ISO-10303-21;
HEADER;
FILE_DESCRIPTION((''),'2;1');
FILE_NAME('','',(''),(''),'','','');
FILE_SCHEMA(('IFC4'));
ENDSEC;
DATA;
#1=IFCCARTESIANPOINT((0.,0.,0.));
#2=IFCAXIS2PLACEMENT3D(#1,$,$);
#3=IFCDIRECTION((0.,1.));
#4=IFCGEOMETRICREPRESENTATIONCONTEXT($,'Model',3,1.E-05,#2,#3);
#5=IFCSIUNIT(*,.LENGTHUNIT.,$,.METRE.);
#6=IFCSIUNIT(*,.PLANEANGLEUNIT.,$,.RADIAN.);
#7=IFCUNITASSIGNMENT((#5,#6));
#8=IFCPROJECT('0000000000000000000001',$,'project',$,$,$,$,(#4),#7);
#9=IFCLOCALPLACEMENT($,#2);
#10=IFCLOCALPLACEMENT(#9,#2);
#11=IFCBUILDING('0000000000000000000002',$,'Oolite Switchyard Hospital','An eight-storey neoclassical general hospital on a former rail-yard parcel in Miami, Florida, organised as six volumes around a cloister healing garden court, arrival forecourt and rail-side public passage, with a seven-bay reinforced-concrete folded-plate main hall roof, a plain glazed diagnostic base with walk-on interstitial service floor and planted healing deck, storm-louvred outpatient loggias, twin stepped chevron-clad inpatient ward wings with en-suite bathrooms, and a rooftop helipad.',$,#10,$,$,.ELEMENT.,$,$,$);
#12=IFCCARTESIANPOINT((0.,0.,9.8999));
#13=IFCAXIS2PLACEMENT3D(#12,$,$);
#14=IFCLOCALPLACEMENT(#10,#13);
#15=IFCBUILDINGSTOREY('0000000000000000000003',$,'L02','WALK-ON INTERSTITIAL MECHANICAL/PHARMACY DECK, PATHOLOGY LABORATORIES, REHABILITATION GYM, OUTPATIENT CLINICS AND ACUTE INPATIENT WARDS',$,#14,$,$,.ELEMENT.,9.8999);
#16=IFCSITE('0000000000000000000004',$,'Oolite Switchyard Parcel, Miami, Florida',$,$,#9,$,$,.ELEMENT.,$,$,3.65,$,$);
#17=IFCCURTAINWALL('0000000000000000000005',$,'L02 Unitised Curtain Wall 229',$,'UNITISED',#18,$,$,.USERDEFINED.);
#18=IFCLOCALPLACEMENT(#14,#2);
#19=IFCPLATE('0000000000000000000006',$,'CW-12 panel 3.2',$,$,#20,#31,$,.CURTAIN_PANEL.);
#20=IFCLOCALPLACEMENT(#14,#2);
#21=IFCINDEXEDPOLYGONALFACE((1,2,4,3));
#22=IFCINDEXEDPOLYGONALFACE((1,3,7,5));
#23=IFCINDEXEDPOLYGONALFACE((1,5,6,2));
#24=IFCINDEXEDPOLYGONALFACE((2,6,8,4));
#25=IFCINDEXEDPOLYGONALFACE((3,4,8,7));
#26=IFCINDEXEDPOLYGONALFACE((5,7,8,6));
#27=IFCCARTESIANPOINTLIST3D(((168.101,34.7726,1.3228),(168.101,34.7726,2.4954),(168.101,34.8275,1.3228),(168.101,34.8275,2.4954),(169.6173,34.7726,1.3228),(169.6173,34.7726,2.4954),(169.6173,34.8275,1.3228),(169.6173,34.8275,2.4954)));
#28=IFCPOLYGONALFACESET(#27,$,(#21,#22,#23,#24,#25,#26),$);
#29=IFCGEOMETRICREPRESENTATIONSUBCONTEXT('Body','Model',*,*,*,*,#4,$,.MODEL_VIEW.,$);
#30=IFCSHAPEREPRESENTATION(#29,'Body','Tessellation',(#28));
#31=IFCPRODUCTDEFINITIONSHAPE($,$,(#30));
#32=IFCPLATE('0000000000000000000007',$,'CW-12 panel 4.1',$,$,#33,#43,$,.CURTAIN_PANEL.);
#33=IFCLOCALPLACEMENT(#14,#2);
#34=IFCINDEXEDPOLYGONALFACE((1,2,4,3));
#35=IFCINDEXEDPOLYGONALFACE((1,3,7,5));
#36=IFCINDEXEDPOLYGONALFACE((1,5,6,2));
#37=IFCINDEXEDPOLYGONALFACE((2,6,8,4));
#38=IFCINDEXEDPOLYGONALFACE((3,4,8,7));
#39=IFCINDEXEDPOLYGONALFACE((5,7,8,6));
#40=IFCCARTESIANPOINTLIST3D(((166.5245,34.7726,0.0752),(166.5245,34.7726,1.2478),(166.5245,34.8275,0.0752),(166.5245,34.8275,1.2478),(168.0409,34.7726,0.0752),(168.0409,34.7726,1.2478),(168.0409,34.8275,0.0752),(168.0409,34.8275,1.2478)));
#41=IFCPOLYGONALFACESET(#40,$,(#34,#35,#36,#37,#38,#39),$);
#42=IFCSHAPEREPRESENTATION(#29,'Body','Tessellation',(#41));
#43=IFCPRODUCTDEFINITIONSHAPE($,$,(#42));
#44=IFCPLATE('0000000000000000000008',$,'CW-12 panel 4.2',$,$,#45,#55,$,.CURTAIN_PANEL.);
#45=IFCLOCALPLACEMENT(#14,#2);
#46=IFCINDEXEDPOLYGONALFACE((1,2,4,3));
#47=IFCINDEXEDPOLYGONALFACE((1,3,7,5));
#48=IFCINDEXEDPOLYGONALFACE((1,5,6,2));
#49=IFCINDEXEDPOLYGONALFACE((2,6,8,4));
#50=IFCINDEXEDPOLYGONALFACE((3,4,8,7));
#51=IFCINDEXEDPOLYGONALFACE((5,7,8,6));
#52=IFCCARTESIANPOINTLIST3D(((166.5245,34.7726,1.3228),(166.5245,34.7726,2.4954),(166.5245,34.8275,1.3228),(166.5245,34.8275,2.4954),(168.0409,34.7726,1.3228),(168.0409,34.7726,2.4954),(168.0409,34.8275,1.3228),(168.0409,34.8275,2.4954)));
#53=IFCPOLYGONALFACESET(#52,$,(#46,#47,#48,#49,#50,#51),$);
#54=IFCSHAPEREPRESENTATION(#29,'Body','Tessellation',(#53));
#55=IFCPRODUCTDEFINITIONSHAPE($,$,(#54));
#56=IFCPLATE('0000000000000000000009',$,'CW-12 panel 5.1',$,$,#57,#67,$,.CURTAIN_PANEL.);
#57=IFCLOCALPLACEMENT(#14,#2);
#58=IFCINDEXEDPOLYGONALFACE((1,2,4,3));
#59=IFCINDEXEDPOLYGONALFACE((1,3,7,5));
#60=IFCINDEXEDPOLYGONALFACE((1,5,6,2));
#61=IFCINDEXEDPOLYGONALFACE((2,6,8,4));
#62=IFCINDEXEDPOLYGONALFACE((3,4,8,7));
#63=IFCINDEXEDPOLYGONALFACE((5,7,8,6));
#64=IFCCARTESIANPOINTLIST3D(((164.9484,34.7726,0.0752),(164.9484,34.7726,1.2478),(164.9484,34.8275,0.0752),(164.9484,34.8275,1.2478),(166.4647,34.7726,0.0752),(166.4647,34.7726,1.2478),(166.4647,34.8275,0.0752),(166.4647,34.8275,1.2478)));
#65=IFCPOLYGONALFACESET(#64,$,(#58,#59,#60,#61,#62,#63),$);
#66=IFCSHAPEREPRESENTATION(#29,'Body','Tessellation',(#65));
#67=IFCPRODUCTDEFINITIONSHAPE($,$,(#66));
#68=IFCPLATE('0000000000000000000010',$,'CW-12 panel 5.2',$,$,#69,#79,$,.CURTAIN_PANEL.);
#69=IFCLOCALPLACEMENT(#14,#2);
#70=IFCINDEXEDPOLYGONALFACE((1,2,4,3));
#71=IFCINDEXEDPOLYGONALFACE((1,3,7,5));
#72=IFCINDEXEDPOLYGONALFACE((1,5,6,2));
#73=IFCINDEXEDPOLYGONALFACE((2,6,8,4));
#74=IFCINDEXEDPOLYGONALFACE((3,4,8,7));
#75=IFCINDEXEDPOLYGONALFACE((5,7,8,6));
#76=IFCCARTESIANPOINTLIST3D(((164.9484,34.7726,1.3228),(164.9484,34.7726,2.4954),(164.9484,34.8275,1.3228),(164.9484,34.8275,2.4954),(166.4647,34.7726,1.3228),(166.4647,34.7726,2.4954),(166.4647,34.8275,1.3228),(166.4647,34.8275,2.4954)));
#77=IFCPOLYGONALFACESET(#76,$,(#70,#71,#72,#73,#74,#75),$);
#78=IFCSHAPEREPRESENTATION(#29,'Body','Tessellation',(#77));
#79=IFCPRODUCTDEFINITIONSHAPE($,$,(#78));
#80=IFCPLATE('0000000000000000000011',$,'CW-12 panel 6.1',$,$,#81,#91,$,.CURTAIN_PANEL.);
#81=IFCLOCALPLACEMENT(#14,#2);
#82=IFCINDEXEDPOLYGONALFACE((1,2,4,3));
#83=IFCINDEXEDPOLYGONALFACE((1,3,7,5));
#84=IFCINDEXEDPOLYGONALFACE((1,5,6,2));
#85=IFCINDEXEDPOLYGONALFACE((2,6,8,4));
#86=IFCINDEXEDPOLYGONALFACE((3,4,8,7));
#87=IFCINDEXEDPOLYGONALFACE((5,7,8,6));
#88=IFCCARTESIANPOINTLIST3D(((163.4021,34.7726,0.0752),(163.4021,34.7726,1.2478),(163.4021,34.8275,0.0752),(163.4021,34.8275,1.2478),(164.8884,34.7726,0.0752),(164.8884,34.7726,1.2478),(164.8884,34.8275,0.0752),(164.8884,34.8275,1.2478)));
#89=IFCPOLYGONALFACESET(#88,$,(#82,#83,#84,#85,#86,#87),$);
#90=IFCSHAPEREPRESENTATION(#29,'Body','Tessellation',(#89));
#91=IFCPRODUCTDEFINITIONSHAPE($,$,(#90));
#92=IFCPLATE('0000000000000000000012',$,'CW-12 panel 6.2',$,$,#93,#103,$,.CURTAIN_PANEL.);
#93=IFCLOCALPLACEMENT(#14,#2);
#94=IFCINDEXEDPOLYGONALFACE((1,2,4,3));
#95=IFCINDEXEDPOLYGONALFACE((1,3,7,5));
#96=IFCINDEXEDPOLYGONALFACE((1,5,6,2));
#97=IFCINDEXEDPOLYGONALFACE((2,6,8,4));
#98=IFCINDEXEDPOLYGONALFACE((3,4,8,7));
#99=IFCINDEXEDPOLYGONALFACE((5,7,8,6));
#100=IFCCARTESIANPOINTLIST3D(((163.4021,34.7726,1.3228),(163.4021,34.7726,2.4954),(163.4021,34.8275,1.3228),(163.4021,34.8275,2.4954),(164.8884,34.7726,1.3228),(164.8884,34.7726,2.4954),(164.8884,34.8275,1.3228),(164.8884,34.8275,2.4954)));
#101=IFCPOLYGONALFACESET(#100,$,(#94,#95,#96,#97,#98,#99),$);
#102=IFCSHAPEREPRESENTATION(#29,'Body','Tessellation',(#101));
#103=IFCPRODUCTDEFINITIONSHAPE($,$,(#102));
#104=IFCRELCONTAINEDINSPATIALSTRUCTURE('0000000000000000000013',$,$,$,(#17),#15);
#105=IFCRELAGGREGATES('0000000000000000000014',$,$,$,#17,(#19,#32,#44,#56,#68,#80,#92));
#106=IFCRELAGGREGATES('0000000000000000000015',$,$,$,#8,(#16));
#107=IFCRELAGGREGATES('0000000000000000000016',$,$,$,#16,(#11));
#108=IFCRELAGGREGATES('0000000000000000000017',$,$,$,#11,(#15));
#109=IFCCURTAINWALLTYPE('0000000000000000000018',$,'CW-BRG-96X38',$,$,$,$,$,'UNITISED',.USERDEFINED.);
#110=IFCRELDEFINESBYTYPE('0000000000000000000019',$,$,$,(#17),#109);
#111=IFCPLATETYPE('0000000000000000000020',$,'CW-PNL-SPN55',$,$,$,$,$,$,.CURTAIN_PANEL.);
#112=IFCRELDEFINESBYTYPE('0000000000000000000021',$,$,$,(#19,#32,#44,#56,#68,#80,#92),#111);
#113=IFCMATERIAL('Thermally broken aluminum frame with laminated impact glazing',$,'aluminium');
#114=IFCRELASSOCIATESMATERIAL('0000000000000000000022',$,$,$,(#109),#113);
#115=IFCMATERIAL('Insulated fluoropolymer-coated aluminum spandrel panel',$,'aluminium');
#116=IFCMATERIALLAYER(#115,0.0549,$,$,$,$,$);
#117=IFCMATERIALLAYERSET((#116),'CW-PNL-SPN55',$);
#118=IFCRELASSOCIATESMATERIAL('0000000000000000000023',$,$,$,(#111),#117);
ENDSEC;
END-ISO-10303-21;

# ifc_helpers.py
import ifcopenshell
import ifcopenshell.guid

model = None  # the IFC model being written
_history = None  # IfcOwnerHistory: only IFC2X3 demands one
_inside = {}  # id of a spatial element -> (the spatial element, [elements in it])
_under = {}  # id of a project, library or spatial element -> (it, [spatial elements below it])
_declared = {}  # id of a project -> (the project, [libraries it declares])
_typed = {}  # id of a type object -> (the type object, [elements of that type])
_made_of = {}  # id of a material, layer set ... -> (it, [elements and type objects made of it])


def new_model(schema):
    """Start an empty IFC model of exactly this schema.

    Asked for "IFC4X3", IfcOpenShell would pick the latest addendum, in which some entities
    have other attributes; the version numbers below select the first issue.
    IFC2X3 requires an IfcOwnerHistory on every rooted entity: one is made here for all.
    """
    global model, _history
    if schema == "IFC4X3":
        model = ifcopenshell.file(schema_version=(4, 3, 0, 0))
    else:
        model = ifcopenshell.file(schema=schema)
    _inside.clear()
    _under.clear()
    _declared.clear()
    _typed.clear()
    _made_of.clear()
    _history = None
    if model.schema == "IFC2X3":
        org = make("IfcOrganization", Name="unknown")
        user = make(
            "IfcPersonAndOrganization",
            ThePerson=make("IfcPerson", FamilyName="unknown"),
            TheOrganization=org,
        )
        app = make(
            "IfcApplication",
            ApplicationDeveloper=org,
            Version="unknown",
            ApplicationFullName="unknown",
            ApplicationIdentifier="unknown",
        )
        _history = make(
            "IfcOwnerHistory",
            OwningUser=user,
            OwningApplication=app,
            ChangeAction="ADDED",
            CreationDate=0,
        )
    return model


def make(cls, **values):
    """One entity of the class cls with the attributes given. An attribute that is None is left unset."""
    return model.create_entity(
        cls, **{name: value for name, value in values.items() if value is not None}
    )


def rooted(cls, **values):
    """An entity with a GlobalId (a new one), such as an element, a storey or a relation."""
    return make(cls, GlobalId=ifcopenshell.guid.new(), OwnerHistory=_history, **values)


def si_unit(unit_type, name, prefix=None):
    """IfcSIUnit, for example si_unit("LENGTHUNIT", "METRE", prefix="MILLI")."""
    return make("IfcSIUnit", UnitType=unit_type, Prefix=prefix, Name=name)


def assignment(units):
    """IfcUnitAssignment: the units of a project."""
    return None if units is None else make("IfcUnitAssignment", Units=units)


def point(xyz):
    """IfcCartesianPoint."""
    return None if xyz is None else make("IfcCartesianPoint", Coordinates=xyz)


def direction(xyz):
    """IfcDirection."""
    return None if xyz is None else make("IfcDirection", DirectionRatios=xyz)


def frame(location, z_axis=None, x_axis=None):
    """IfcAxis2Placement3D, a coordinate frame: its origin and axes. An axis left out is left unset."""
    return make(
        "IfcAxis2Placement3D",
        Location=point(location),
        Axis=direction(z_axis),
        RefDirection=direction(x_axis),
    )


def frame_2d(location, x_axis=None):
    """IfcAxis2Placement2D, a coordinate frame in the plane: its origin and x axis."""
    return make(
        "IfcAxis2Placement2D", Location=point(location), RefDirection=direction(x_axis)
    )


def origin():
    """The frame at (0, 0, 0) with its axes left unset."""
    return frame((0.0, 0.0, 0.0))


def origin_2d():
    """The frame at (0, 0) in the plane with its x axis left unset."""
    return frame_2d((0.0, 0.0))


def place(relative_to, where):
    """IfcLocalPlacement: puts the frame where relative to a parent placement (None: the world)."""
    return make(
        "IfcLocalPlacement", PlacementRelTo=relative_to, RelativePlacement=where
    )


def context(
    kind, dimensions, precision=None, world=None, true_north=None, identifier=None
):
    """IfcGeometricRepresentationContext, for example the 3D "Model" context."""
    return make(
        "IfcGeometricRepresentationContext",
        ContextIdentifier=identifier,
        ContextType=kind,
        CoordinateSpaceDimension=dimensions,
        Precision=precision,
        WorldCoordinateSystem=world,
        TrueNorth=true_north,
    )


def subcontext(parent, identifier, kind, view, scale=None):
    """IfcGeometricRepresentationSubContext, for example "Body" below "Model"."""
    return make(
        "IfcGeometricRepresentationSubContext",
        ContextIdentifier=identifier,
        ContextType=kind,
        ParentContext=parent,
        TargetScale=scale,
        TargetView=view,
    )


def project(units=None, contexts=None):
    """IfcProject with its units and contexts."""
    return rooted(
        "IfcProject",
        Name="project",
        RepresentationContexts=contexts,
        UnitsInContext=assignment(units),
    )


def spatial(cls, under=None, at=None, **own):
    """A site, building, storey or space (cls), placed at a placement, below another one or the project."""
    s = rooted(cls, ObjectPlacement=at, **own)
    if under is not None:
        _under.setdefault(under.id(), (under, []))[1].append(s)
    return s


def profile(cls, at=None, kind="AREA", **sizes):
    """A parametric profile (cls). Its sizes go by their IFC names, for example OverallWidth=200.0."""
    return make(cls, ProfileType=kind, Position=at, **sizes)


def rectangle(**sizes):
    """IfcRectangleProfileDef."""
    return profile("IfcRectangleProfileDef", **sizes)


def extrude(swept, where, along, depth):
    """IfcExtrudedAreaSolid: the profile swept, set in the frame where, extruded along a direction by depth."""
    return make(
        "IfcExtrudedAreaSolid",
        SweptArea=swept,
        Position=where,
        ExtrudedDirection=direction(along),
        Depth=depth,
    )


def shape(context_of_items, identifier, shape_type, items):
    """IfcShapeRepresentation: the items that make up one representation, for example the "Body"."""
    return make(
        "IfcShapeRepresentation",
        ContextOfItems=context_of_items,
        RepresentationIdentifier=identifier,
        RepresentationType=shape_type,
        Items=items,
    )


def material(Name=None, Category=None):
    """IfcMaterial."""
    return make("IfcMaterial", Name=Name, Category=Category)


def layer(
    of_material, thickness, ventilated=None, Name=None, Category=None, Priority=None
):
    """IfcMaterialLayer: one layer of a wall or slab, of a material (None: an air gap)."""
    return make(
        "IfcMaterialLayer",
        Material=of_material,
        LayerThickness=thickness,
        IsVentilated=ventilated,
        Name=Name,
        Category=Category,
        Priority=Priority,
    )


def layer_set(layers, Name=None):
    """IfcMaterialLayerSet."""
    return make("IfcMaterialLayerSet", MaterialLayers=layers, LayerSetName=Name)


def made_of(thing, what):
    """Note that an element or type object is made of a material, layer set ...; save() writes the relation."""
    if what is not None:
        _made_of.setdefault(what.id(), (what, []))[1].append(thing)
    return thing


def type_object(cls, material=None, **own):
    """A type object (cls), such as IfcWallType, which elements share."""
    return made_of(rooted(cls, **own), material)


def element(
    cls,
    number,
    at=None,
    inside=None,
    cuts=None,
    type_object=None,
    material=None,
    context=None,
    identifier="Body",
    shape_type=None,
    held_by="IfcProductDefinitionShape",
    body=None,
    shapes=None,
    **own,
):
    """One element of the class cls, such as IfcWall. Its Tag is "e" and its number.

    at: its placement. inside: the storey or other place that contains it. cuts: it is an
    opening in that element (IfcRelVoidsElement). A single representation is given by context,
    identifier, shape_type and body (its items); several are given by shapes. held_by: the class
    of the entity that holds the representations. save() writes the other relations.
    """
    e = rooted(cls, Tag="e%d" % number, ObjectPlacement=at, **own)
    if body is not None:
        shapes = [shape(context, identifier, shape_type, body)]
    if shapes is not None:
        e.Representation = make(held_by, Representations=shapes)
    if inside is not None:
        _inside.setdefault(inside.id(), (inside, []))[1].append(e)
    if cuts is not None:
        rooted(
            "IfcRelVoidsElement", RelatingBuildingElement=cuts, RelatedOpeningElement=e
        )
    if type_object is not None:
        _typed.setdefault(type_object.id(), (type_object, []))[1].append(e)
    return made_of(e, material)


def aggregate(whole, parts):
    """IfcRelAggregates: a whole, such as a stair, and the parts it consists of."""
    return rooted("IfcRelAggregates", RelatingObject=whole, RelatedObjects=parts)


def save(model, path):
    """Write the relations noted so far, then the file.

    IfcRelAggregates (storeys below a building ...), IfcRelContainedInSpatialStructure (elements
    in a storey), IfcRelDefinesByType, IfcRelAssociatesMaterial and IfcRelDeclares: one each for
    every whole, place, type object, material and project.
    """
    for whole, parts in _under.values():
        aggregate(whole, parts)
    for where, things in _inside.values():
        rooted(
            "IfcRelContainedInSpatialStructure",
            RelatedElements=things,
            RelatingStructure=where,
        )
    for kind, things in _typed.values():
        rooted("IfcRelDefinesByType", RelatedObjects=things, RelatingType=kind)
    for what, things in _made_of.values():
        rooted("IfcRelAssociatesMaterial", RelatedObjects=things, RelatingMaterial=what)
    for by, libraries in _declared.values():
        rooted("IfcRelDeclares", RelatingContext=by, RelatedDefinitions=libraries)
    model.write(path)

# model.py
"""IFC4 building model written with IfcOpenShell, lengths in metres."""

from ifc_helpers import new_model, si_unit, direction, frame, origin, origin_2d, place, context, subcontext, project, spatial, rectangle, extrude, material, layer, layer_set, type_object, element, aggregate, save


model = new_model("IFC4")

# Units and contexts
model_context = context("Model", 3, precision=1e-05, world=origin(), true_north=direction((0.0, 1.0)))
body_context = subcontext(model_context, "Body", "Model", "MODEL_VIEW")
ifc_project = project(units=[si_unit("LENGTHUNIT", "METRE"), si_unit("PLANEANGLEUNIT", "RADIAN")], contexts=[model_context])

# Site, building, storey
site_placement = place(None, origin())
site = spatial("IfcSite", under=ifc_project, at=site_placement, Name="Oolite Switchyard Parcel, Miami, Florida", CompositionType="ELEMENT", RefElevation=3.65)
building_placement = place(site_placement, origin())
building = spatial("IfcBuilding", under=site, at=building_placement, Name="Oolite Switchyard Hospital", Description="An eight-storey neoclassical general hospital on a former rail-yard parcel in Miami, Florida, organised as six volumes around a cloister healing garden court, arrival forecourt and rail-side public passage, with a seven-bay reinforced-concrete folded-plate main hall roof, a plain glazed diagnostic base with walk-on interstitial service floor and planted healing deck, storm-louvred outpatient loggias, twin stepped chevron-clad inpatient ward wings with en-suite bathrooms, and a rooftop helipad.", CompositionType="ELEMENT")
storey_placement = place(building_placement, frame((0.0, 0.0, 9.8999)))
storey = spatial("IfcBuildingStorey", under=building, at=storey_placement, Name="L02", Description="WALK-ON INTERSTITIAL MECHANICAL/PHARMACY DECK, PATHOLOGY LABORATORIES, REHABILITATION GYM, OUTPATIENT CLINICS AND ACUTE INPATIENT WARDS", CompositionType="ELEMENT", Elevation=9.8999)

# Curtain wall, plates
ifc_material_1 = material(Name="Thermally broken aluminum frame with laminated impact glazing", Category="aluminium")
curtain_wall_type = type_object("IfcCurtainWallType", Name="CW-BRG-96X38", ElementType="UNITISED", PredefinedType="USERDEFINED", material=ifc_material_1)
curtain_wall_placement = place(storey_placement, origin())
curtain_wall = element("IfcCurtainWall", 1, at=curtain_wall_placement, inside=storey, type_object=curtain_wall_type, Name="L02 Unitised Curtain Wall 229", ObjectType="UNITISED", PredefinedType="USERDEFINED")
ifc_material_2 = material(Name="Insulated fluoropolymer-coated aluminum spandrel panel", Category="aluminium")
ifc_layer = layer(ifc_material_2, 0.0549)
ifc_layer_set = layer_set([ifc_layer], Name="CW-PNL-SPN55")
plate_type = type_object("IfcPlateType", Name="CW-PNL-SPN55", PredefinedType="CURTAIN_PANEL", material=ifc_layer_set)
plate_1_placement = place(storey_placement, frame((168.8591, 34.8, 1.3228), z_axis=(0.0, 0.0, 1.0), x_axis=(-1.0, 0.0, 0.0)))
plate_1 = element("IfcPlate", 2, at=plate_1_placement, type_object=plate_type, Name="CW-12 panel 3.2", PredefinedType="CURTAIN_PANEL", context=body_context, shape_type="SweptSolid", body=[
    extrude(rectangle(XDim=1.5164, YDim=0.0549, at=origin_2d()), origin(), (0.0, 0.0, 1.0), 1.1726),
])
plate_2_placement = place(storey_placement, frame((167.2827, 34.8, 0.0752), z_axis=(0.0, 0.0, 1.0), x_axis=(-1.0, 0.0, 0.0)))
plate_2 = element("IfcPlate", 3, at=plate_2_placement, type_object=plate_type, Name="CW-12 panel 4.1", PredefinedType="CURTAIN_PANEL", context=body_context, shape_type="SweptSolid", body=[
    extrude(rectangle(XDim=1.5164, YDim=0.0549, at=origin_2d()), origin(), (0.0, 0.0, 1.0), 1.1726),
])
plate_3_placement = place(storey_placement, frame((167.2827, 34.8, 1.3228), z_axis=(0.0, 0.0, 1.0), x_axis=(-1.0, 0.0, 0.0)))
plate_3 = element("IfcPlate", 4, at=plate_3_placement, type_object=plate_type, Name="CW-12 panel 4.2", PredefinedType="CURTAIN_PANEL", context=body_context, shape_type="SweptSolid", body=[
    extrude(rectangle(XDim=1.5164, YDim=0.0549, at=origin_2d()), origin(), (0.0, 0.0, 1.0), 1.1726),
])
plate_4_placement = place(storey_placement, frame((165.7065, 34.8, 0.0752), z_axis=(0.0, 0.0, 1.0), x_axis=(-1.0, 0.0, 0.0)))
plate_4 = element("IfcPlate", 5, at=plate_4_placement, type_object=plate_type, Name="CW-12 panel 5.1", PredefinedType="CURTAIN_PANEL", context=body_context, shape_type="SweptSolid", body=[
    extrude(rectangle(XDim=1.5164, YDim=0.0549, at=origin_2d()), origin(), (0.0, 0.0, 1.0), 1.1726),
])
plate_5_placement = place(storey_placement, frame((165.7065, 34.8, 1.3228), z_axis=(0.0, 0.0, 1.0), x_axis=(-1.0, 0.0, 0.0)))
plate_5 = element("IfcPlate", 6, at=plate_5_placement, type_object=plate_type, Name="CW-12 panel 5.2", PredefinedType="CURTAIN_PANEL", context=body_context, shape_type="SweptSolid", body=[
    extrude(rectangle(XDim=1.5164, YDim=0.0549, at=origin_2d()), origin(), (0.0, 0.0, 1.0), 1.1726),
])
plate_6_placement = place(storey_placement, frame((164.1453, 34.8, 0.0752), z_axis=(0.0, 0.0, 1.0), x_axis=(-1.0, 0.0, 0.0)))
plate_6 = element("IfcPlate", 7, at=plate_6_placement, type_object=plate_type, Name="CW-12 panel 6.1", PredefinedType="CURTAIN_PANEL", context=body_context, shape_type="SweptSolid", body=[
    extrude(rectangle(XDim=1.4863, YDim=0.0549, at=origin_2d()), origin(), (0.0, 0.0, 1.0), 1.1726),
])
plate_7_placement = place(storey_placement, frame((164.1453, 34.8, 1.3228), z_axis=(0.0, 0.0, 1.0), x_axis=(-1.0, 0.0, 0.0)))
plate_7 = element("IfcPlate", 8, at=plate_7_placement, type_object=plate_type, Name="CW-12 panel 6.2", PredefinedType="CURTAIN_PANEL", context=body_context, shape_type="SweptSolid", body=[
    extrude(rectangle(XDim=1.4863, YDim=0.0549, at=origin_2d()), origin(), (0.0, 0.0, 1.0), 1.1726),
])
aggregate(curtain_wall, [plate_1, plate_2, plate_3, plate_4, plate_5, plate_6, plate_7])

save(model, "model.ifc")
